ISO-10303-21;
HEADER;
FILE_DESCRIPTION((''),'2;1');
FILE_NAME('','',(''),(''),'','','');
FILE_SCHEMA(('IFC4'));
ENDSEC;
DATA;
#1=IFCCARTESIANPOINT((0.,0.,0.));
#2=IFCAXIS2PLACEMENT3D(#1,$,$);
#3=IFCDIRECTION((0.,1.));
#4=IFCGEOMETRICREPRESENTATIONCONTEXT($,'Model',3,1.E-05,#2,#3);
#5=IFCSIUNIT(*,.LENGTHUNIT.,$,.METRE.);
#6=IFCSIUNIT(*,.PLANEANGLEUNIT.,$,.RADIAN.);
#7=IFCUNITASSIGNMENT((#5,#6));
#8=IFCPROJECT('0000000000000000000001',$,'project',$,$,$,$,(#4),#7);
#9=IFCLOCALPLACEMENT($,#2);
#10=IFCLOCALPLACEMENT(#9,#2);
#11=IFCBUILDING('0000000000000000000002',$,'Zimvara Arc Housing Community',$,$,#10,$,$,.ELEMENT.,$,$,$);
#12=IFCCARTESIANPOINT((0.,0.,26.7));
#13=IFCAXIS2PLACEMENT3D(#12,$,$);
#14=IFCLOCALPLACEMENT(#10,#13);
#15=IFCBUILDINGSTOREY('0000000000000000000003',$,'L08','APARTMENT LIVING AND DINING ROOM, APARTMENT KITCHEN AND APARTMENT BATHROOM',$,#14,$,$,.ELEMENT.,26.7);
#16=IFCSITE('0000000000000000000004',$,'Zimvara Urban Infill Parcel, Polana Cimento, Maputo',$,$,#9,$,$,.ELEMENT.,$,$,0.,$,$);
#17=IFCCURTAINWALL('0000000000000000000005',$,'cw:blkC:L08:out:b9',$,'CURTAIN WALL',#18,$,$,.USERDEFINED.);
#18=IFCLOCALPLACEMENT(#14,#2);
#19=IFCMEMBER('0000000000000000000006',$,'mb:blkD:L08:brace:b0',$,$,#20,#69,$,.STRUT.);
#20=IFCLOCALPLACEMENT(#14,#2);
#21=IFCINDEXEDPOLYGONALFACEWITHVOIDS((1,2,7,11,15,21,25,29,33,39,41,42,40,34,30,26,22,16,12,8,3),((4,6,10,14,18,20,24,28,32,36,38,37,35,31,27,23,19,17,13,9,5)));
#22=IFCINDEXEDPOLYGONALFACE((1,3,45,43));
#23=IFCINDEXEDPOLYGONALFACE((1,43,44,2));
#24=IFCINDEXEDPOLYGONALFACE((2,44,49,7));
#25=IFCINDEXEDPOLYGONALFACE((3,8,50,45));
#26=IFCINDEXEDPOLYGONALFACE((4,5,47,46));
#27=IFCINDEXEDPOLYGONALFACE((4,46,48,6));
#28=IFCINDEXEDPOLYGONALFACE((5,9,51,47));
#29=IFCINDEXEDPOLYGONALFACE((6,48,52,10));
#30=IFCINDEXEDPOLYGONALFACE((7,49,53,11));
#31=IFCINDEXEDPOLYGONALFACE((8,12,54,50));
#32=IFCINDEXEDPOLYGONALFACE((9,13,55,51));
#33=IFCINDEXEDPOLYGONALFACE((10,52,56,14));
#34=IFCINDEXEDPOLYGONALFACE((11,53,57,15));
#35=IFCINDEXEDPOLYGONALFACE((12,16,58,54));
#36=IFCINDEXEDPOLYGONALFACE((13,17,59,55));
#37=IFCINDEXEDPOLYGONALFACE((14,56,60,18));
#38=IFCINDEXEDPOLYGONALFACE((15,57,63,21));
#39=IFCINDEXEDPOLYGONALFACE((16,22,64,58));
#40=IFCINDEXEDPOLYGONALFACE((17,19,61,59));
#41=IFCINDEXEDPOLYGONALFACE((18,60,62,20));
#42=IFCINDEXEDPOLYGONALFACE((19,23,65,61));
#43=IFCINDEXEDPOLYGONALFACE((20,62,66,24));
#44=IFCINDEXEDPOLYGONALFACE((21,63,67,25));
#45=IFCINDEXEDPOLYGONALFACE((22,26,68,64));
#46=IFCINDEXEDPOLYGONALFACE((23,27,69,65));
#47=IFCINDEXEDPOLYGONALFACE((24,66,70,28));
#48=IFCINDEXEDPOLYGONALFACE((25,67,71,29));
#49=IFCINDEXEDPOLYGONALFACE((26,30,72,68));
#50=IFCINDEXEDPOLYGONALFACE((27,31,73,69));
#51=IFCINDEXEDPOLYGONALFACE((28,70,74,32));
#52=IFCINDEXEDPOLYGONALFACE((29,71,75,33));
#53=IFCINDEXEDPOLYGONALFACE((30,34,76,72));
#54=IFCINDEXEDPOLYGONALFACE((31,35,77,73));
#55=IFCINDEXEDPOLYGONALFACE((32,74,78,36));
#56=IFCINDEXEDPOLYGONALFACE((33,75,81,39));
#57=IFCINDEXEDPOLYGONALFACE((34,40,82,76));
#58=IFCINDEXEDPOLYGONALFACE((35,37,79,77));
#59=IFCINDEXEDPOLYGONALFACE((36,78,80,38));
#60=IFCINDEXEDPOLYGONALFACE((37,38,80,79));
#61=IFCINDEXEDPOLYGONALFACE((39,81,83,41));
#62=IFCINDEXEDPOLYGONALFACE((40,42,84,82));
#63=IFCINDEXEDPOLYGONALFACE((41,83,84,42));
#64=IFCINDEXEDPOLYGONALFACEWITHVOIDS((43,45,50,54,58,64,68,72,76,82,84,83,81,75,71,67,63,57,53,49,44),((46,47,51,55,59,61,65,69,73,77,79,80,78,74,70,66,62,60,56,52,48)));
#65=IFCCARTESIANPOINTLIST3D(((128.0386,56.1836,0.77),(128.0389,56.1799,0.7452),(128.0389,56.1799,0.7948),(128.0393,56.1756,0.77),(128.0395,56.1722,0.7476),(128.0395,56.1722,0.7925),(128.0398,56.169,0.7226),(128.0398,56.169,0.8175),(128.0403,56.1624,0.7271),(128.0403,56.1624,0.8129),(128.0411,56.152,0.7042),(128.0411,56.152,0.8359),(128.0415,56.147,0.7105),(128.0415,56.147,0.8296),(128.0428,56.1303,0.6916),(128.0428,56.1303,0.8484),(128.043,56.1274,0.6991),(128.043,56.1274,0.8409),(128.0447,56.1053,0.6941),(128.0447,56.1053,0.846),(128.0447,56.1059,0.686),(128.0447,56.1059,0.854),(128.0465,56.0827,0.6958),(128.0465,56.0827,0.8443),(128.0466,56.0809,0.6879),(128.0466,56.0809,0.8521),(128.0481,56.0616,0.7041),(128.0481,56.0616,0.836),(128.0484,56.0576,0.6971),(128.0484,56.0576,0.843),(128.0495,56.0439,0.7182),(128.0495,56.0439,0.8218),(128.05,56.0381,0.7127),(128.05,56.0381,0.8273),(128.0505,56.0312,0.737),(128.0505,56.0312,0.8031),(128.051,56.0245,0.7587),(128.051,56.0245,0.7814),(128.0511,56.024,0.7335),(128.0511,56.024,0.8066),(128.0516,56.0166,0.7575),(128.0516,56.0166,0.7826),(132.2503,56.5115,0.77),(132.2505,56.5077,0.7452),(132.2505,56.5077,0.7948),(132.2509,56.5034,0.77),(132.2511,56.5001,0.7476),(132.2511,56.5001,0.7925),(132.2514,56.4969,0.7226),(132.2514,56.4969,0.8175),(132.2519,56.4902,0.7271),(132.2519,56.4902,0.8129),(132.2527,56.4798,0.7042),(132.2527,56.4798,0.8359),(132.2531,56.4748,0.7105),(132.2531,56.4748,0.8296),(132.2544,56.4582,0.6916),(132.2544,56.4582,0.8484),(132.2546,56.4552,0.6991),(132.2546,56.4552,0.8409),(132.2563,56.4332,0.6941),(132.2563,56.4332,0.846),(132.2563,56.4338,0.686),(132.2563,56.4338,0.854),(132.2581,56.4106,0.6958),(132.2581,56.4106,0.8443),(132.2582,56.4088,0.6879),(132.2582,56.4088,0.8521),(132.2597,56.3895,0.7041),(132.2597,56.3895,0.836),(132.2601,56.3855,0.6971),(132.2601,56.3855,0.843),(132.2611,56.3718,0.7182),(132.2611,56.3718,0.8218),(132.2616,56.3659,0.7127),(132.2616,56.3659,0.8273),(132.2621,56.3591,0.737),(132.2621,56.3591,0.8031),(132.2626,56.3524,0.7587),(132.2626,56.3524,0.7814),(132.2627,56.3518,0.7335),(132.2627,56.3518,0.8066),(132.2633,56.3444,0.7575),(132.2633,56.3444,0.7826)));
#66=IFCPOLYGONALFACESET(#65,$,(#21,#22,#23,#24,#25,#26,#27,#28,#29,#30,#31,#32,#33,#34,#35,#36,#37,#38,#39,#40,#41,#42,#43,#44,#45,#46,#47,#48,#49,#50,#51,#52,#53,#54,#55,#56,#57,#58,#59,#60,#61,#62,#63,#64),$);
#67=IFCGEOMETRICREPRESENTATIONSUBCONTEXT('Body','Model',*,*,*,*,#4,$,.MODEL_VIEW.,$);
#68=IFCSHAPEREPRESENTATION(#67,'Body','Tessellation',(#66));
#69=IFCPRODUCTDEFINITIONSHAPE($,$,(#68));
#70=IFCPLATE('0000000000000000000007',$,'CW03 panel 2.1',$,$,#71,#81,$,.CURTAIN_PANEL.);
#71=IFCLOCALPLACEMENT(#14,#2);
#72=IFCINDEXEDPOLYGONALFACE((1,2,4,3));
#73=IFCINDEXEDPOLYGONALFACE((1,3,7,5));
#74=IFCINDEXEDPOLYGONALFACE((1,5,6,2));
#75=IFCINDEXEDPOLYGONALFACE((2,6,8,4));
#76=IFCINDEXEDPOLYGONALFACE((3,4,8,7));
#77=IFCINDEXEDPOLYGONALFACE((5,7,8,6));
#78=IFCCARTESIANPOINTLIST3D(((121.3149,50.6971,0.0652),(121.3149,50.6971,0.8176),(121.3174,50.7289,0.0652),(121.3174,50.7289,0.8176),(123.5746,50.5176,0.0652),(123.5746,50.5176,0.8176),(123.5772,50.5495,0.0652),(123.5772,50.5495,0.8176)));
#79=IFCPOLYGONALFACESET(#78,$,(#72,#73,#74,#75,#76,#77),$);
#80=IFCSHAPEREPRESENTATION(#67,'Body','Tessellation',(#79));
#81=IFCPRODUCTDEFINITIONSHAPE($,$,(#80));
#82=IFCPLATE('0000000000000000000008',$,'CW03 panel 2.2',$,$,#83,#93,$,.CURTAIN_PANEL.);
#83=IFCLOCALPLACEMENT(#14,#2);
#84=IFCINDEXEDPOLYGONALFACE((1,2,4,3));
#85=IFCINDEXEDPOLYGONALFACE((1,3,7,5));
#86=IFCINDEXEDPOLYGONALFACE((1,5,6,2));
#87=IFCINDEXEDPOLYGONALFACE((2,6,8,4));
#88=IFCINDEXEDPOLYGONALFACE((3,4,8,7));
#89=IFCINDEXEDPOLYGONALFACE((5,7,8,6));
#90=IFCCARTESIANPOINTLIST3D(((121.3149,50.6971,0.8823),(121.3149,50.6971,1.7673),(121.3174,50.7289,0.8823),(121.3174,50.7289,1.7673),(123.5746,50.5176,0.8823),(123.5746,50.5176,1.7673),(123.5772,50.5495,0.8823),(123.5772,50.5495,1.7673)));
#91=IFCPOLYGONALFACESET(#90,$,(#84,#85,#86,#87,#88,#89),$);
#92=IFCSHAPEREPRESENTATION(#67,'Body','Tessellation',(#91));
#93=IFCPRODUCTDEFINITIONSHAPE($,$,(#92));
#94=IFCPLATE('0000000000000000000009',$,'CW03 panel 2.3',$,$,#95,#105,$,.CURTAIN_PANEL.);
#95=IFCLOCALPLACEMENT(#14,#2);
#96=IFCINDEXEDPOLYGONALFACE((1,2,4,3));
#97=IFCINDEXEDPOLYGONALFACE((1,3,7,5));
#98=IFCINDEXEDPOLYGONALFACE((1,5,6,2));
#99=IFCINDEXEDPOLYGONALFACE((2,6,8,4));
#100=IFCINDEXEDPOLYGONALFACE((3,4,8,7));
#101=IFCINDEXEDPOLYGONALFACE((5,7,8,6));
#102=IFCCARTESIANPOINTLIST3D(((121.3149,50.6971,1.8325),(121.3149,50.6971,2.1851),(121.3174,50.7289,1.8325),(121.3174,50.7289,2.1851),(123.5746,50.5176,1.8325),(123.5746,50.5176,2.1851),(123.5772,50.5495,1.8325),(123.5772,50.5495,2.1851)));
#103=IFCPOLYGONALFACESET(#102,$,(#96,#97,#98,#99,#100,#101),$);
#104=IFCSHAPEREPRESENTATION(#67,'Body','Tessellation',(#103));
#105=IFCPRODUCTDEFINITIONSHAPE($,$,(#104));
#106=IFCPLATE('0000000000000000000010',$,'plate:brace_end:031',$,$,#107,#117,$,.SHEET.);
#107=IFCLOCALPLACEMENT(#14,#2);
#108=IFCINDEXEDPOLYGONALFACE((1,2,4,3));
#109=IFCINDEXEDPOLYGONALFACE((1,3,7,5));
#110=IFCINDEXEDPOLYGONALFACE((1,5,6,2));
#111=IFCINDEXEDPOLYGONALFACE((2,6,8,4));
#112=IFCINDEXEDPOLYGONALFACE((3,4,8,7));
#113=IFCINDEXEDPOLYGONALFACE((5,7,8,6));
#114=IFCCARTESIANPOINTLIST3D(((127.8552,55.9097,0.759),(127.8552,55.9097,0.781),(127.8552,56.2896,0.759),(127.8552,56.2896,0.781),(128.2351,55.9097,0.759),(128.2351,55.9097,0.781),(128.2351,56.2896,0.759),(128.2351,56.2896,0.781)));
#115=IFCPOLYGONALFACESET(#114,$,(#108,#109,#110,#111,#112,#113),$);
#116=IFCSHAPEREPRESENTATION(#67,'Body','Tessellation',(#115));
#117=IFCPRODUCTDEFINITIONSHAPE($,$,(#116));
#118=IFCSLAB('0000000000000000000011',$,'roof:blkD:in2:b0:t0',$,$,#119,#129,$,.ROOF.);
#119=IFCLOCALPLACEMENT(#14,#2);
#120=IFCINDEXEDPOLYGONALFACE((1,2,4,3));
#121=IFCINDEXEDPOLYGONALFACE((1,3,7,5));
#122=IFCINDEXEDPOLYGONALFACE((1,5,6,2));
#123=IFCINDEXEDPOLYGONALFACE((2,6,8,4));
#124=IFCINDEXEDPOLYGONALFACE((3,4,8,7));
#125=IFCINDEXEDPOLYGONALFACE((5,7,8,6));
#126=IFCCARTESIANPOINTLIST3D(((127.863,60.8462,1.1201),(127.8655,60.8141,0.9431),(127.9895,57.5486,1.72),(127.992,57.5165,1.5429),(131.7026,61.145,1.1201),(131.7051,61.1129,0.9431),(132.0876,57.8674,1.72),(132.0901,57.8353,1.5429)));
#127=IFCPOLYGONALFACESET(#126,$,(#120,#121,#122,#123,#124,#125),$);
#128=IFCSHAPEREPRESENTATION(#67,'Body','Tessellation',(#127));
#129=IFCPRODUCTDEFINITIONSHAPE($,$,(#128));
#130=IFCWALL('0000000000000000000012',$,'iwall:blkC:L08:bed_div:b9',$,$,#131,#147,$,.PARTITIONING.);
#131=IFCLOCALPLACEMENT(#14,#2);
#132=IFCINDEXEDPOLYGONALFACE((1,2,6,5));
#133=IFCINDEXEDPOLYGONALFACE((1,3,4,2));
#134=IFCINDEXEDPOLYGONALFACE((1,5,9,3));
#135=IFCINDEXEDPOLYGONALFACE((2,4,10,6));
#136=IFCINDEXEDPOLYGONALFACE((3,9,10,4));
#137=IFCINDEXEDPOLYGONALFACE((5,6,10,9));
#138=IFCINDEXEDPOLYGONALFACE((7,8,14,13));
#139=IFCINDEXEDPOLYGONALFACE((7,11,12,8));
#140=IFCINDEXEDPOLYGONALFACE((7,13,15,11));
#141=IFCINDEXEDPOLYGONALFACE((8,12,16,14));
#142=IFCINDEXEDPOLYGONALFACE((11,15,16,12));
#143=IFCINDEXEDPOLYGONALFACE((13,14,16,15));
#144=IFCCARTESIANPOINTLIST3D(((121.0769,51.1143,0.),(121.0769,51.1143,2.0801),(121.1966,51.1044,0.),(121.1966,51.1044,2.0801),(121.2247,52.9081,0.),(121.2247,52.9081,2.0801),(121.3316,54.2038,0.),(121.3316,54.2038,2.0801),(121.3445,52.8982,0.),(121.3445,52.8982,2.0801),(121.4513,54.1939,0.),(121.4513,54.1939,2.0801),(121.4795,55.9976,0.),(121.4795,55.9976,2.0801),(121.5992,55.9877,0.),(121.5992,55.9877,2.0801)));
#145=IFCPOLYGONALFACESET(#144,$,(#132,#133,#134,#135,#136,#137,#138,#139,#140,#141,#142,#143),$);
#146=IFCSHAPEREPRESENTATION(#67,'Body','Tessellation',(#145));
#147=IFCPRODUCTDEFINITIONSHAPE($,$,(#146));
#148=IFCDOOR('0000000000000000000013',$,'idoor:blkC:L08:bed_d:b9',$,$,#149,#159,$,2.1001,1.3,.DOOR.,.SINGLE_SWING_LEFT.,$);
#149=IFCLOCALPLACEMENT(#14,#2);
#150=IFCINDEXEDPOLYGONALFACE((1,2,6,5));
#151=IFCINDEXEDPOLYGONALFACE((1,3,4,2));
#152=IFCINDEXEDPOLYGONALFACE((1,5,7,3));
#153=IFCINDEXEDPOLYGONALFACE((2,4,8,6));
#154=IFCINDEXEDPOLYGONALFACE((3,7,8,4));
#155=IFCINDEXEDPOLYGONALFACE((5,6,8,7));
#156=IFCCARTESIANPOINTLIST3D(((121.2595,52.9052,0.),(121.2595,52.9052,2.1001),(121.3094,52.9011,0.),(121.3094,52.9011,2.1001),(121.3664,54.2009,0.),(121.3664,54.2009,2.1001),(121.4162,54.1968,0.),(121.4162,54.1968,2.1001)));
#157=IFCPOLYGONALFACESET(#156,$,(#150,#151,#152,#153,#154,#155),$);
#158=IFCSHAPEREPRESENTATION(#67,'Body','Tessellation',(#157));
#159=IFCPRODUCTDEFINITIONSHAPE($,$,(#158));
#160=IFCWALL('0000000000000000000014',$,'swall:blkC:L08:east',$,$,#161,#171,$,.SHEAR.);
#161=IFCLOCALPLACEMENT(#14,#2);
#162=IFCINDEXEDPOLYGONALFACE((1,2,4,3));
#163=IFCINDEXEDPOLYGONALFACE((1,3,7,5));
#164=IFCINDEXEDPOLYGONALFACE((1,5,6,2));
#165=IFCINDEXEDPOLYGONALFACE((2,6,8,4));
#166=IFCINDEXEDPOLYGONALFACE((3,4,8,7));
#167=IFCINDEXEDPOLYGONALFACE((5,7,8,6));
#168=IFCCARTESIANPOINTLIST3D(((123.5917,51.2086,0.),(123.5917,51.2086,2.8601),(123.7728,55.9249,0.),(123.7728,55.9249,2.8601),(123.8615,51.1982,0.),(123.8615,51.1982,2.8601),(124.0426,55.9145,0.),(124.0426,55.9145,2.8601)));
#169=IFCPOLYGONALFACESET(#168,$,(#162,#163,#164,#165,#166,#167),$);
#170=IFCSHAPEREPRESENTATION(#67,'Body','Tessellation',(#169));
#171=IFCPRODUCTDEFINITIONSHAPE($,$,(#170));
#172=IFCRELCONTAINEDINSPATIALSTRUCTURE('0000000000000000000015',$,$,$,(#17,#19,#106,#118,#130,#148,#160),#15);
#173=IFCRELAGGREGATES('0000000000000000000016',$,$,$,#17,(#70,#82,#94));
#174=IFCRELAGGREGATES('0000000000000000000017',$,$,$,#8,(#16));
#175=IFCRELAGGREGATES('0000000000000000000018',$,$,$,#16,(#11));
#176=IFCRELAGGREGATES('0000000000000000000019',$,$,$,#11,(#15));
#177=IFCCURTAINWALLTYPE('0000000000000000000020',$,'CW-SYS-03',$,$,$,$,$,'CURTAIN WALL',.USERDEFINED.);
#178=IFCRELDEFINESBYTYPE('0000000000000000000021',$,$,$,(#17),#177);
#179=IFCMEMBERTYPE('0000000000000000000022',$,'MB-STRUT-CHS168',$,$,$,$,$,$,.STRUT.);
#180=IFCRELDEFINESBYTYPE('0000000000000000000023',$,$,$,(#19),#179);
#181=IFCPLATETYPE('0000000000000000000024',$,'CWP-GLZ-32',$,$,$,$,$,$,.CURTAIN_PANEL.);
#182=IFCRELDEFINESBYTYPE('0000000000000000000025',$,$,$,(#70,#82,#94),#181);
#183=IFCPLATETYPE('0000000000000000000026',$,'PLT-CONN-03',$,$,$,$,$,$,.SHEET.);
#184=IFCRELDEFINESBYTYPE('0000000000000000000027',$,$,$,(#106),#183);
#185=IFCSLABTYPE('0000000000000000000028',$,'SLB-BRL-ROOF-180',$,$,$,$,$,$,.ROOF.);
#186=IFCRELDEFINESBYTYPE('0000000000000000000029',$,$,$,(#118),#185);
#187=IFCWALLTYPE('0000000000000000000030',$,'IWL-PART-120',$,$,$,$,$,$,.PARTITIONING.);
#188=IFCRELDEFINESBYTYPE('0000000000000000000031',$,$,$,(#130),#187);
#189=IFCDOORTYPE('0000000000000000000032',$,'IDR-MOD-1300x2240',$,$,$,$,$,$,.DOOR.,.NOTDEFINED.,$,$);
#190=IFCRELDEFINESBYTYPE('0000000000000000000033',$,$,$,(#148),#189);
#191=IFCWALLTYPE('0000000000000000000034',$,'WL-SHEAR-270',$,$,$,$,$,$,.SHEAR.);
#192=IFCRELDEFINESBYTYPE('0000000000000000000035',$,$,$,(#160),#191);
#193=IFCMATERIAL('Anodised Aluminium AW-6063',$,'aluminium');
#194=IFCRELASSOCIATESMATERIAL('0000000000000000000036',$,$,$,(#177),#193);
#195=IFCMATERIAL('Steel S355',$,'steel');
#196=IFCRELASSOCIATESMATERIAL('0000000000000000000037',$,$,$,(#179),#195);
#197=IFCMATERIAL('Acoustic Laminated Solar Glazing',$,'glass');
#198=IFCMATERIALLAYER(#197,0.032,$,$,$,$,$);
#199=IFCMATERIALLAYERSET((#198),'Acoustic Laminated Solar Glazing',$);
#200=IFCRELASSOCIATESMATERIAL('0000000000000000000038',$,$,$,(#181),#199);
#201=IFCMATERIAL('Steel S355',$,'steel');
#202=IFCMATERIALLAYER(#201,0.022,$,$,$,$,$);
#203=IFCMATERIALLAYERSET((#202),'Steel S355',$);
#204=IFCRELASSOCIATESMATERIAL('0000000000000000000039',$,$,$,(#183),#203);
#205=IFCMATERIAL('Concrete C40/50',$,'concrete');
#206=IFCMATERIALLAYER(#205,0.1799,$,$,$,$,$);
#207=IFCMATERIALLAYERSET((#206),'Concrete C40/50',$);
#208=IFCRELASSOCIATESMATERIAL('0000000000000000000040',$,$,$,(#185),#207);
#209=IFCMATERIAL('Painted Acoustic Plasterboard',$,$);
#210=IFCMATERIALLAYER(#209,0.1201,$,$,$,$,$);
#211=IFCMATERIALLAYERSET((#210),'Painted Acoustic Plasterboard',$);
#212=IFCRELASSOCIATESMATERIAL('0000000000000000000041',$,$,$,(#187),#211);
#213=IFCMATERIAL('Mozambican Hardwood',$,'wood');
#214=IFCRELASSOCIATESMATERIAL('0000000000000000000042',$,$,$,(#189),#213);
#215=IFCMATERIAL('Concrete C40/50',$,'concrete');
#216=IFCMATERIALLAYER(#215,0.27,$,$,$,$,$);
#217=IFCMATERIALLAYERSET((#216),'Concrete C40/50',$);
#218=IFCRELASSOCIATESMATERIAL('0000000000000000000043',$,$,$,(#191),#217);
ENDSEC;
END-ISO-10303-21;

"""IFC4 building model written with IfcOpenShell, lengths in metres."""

from ifc_helpers import new_model, si_unit, direction, frame, frame_2d, origin, origin_2d, place, context, subcontext, project, spatial, polyline, rectangle, hollow_circle, outline, extrude, material, layer, layer_set, material_profile, profile_set, type_object, element, fill, aggregate, save


model = new_model("IFC4")

# Units and contexts
model_context = context("Model", 3, precision=1e-05, world=origin(), true_north=direction((0.0, 1.0)))
body_context = subcontext(model_context, "Body", "Model", "MODEL_VIEW")
ifc_project = project(units=[si_unit("LENGTHUNIT", "METRE"), si_unit("PLANEANGLEUNIT", "RADIAN")], contexts=[model_context])

# Site, building, storey
site_placement = place(None, origin())
site = spatial("IfcSite", under=ifc_project, at=site_placement, Name="Zimvara Urban Infill Parcel, Polana Cimento, Maputo", CompositionType="ELEMENT", RefElevation=0.0)
building_placement = place(site_placement, origin())
building = spatial("IfcBuilding", under=site, at=building_placement, Name="Zimvara Arc Housing Community", CompositionType="ELEMENT")
storey_placement = place(building_placement, frame((0.0, 0.0, 26.7)))
storey = spatial("IfcBuildingStorey", under=building, at=storey_placement, Name="L08", Description="APARTMENT LIVING AND DINING ROOM, APARTMENT KITCHEN AND APARTMENT BATHROOM", CompositionType="ELEMENT", Elevation=26.7)

# Curtain wall
ifc_material_1 = material(Name="Anodised Aluminium AW-6063", Category="aluminium")
curtain_wall_type = type_object("IfcCurtainWallType", Name="CW-SYS-03", ElementType="CURTAIN WALL", PredefinedType="USERDEFINED", material=ifc_material_1)
curtain_wall_placement = place(storey_placement, origin())
curtain_wall = element("IfcCurtainWall", 1, at=curtain_wall_placement, inside=storey, type_object=curtain_wall_type, Name="cw:blkC:L08:out:b9", ObjectType="CURTAIN WALL", PredefinedType="USERDEFINED")

# Member
ifc_material_2 = material(Name="Steel S355", Category="steel")
ifc_material_profile_1 = material_profile(ifc_material_2, hollow_circle(Radius=0.0842, WallThickness=0.0081, at=origin_2d()), Name="CHS 168.3x8.0")
ifc_profile_set_1 = profile_set([ifc_material_profile_1], Name="Steel S355")
member_type_1 = type_object("IfcMemberType", Name="MB-STRUT-CHS168", PredefinedType="STRUT", material=ifc_profile_set_1)
member_1_placement = place(storey_placement, frame((128.0452, 56.0996, 0.77), z_axis=(0.996983, 0.077616, 0.0), x_axis=(-0.077616, 0.996983, 0.0)))
element("IfcMember", 2, at=member_1_placement, inside=storey, type_object=member_type_1, Name="mb:blkD:L08:brace:b0", PredefinedType="STRUT", context=body_context, shape_type="SweptSolid", body=[
    extrude(hollow_circle(Radius=0.0842, WallThickness=0.0081, at=origin_2d()), origin(), (0.0, 0.0, 1.0), 4.2244),
])

# Plates
ifc_material_3 = material(Name="Acoustic Laminated Solar Glazing", Category="glass")
ifc_layer_1 = layer(ifc_material_3, 0.032)
ifc_layer_set_1 = layer_set([ifc_layer_1], Name="Acoustic Laminated Solar Glazing")
plate_type_1 = type_object("IfcPlateType", Name="CWP-GLZ-32", PredefinedType="CURTAIN_PANEL", material=ifc_layer_set_1)
plate_1_placement = place(storey_placement, frame((122.446, 50.6233, 0.0652), z_axis=(0.0, 0.0, 1.0), x_axis=(0.996862, -0.079154, 0.0)))
plate_1 = element("IfcPlate", 3, at=plate_1_placement, type_object=plate_type_1, Name="CW03 panel 2.1", PredefinedType="CURTAIN_PANEL", context=body_context, shape_type="SweptSolid", body=[
    extrude(rectangle(XDim=2.2668, YDim=0.032, at=origin_2d()), origin(), (0.0, 0.0, 1.0), 0.7524),
])
plate_2_placement = place(storey_placement, frame((122.446, 50.6233, 0.8823), z_axis=(0.0, 0.0, 1.0), x_axis=(0.996862, -0.079154, 0.0)))
plate_2 = element("IfcPlate", 4, at=plate_2_placement, type_object=plate_type_1, Name="CW03 panel 2.2", PredefinedType="CURTAIN_PANEL", context=body_context, shape_type="SweptSolid", body=[
    extrude(rectangle(XDim=2.2668, YDim=0.032, at=origin_2d()), origin(), (0.0, 0.0, 1.0), 0.885),
])
plate_3_placement = place(storey_placement, frame((122.446, 50.6233, 1.8325), z_axis=(0.0, 0.0, 1.0), x_axis=(0.996862, -0.079154, 0.0)))
plate_3 = element("IfcPlate", 5, at=plate_3_placement, type_object=plate_type_1, Name="CW03 panel 2.3", PredefinedType="CURTAIN_PANEL", context=body_context, shape_type="SweptSolid", body=[
    extrude(rectangle(XDim=2.2668, YDim=0.032, at=origin_2d()), origin(), (0.0, 0.0, 1.0), 0.3525),
])
aggregate(curtain_wall, [plate_1, plate_2, plate_3])
ifc_material_4 = material(Name="Steel S355", Category="steel")
ifc_layer_2 = layer(ifc_material_4, 0.022)
ifc_layer_set_2 = layer_set([ifc_layer_2], Name="Steel S355")
plate_type_2 = type_object("IfcPlateType", Name="PLT-CONN-03", PredefinedType="SHEET", material=ifc_layer_set_2)
plate_4_placement = place(storey_placement, frame((128.0452, 56.0996, 0.759), z_axis=(0.0, 0.0, 1.0), x_axis=(1.0, 0.0, 0.0)))
element("IfcPlate", 6, at=plate_4_placement, inside=storey, type_object=plate_type_2, Name="plate:brace_end:031", PredefinedType="SHEET", context=body_context, shape_type="SweptSolid", body=[
    extrude(rectangle(XDim=0.3799, YDim=0.3799, at=origin_2d()), origin(), (0.0, 0.0, 1.0), 0.022),
])

# Slab
ifc_material_5 = material(Name="Concrete C40/50", Category="concrete")
ifc_layer_3 = layer(ifc_material_5, 0.1799)
ifc_layer_set_3 = layer_set([ifc_layer_3], Name="Concrete C40/50")
slab_type = type_object("IfcSlabType", Name="SLB-BRL-ROOF-180", PredefinedType="ROOF", material=ifc_layer_set_3)
slab_placement = place(storey_placement, frame((127.863, 60.8462, 1.1201), z_axis=(-0.013885, 0.178433, 0.983854), x_axis=(0.996985, 0.077593, -0.000002)))
element("IfcSlab", 7, at=slab_placement, inside=storey, type_object=slab_type, Name="roof:blkD:in2:b0:t0", PredefinedType="ROOF", context=body_context, shape_type="SweptSolid", body=[
    extrude(outline(polyline([(0.0, 0.0), (3.8512, 0.0), (3.9807, -3.3517), (-0.1298, -3.3516), (0.0, 0.0)])), origin(), (0.0, 0.0, -1.0), 0.1799),
])

# Wall, opening, door
ifc_material_6 = material(Name="Painted Acoustic Plasterboard")
ifc_layer_4 = layer(ifc_material_6, 0.1201)
ifc_layer_set_4 = layer_set([ifc_layer_4], Name="Painted Acoustic Plasterboard")
wall_type_1 = type_object("IfcWallType", Name="IWL-PART-120", PredefinedType="PARTITIONING", material=ifc_layer_set_4)
wall_1_placement = place(storey_placement, frame((121.5393, 55.9927, 0.0), z_axis=(0.0, 0.0, 1.0), x_axis=(-0.082163, -0.996619, 0.0)))
wall_1 = element("IfcWall", 8, at=wall_1_placement, inside=storey, type_object=wall_type_1, Name="iwall:blkC:L08:bed_div:b9", PredefinedType="PARTITIONING", context=body_context, shape_type="SweptSolid", body=[
    extrude(rectangle(XDim=4.8999, YDim=0.1201, at=frame_2d((2.45, 0.0))), origin(), (0.0, 0.0, 1.0), 2.0801),
])
opening_placement = place(wall_1_placement, frame((1.8, 0.0, 0.0)))
opening = element("IfcOpeningElement", 9, at=opening_placement, cuts=wall_1, PredefinedType="OPENING", context=body_context, shape_type="SweptSolid", body=[
    extrude(rectangle(XDim=1.3, YDim=2.1001, at=frame_2d((0.6499, 1.05))), frame((0.0, 0.0701, 0.0), z_axis=(0.0, -1.0, 0.0), x_axis=(1.0, 0.0, 0.0)), (0.0, 0.0, 1.0), 0.1401),
])
ifc_material_7 = material(Name="Mozambican Hardwood", Category="wood")
door_type = type_object("IfcDoorType", Name="IDR-MOD-1300x2240", OperationType="NOTDEFINED", PredefinedType="DOOR", material=ifc_material_7)
door_placement = place(opening_placement, origin())
door = element("IfcDoor", 10, at=door_placement, inside=storey, type_object=door_type, Name="idoor:blkC:L08:bed_d:b9", OperationType="SINGLE_SWING_LEFT", OverallHeight=2.1001, OverallWidth=1.3, PredefinedType="DOOR", context=body_context, shape_type="SweptSolid", body=[
    extrude(rectangle(XDim=1.3, YDim=2.1001, at=frame_2d((0.6499, 1.05))), frame((0.0, 0.0249, 0.0), z_axis=(0.0, -1.0, 0.0), x_axis=(1.0, 0.0, 0.0)), (0.0, 0.0, 1.0), 0.05),
])
fill(opening, door)

# Wall
ifc_material_8 = material(Name="Concrete C40/50", Category="concrete")
ifc_layer_5 = layer(ifc_material_8, 0.27)
ifc_layer_set_5 = layer_set([ifc_layer_5], Name="Concrete C40/50")
wall_type_2 = type_object("IfcWallType", Name="WL-SHEAR-270", PredefinedType="SHEAR", material=ifc_layer_set_5)
wall_2_placement = place(storey_placement, frame((123.9077, 55.9197, 0.0), z_axis=(0.0, 0.0, 1.0), x_axis=(-0.038381, -0.999263, 0.0)))
element("IfcWall", 11, at=wall_2_placement, inside=storey, type_object=wall_type_2, Name="swall:blkC:L08:east", PredefinedType="SHEAR", context=body_context, shape_type="SweptSolid", body=[
    extrude(rectangle(XDim=4.7197, YDim=0.27, at=frame_2d((2.3599, 0.0))), origin(), (0.0, 0.0, 1.0), 2.8601),
])

save(model, "model.ifc")
